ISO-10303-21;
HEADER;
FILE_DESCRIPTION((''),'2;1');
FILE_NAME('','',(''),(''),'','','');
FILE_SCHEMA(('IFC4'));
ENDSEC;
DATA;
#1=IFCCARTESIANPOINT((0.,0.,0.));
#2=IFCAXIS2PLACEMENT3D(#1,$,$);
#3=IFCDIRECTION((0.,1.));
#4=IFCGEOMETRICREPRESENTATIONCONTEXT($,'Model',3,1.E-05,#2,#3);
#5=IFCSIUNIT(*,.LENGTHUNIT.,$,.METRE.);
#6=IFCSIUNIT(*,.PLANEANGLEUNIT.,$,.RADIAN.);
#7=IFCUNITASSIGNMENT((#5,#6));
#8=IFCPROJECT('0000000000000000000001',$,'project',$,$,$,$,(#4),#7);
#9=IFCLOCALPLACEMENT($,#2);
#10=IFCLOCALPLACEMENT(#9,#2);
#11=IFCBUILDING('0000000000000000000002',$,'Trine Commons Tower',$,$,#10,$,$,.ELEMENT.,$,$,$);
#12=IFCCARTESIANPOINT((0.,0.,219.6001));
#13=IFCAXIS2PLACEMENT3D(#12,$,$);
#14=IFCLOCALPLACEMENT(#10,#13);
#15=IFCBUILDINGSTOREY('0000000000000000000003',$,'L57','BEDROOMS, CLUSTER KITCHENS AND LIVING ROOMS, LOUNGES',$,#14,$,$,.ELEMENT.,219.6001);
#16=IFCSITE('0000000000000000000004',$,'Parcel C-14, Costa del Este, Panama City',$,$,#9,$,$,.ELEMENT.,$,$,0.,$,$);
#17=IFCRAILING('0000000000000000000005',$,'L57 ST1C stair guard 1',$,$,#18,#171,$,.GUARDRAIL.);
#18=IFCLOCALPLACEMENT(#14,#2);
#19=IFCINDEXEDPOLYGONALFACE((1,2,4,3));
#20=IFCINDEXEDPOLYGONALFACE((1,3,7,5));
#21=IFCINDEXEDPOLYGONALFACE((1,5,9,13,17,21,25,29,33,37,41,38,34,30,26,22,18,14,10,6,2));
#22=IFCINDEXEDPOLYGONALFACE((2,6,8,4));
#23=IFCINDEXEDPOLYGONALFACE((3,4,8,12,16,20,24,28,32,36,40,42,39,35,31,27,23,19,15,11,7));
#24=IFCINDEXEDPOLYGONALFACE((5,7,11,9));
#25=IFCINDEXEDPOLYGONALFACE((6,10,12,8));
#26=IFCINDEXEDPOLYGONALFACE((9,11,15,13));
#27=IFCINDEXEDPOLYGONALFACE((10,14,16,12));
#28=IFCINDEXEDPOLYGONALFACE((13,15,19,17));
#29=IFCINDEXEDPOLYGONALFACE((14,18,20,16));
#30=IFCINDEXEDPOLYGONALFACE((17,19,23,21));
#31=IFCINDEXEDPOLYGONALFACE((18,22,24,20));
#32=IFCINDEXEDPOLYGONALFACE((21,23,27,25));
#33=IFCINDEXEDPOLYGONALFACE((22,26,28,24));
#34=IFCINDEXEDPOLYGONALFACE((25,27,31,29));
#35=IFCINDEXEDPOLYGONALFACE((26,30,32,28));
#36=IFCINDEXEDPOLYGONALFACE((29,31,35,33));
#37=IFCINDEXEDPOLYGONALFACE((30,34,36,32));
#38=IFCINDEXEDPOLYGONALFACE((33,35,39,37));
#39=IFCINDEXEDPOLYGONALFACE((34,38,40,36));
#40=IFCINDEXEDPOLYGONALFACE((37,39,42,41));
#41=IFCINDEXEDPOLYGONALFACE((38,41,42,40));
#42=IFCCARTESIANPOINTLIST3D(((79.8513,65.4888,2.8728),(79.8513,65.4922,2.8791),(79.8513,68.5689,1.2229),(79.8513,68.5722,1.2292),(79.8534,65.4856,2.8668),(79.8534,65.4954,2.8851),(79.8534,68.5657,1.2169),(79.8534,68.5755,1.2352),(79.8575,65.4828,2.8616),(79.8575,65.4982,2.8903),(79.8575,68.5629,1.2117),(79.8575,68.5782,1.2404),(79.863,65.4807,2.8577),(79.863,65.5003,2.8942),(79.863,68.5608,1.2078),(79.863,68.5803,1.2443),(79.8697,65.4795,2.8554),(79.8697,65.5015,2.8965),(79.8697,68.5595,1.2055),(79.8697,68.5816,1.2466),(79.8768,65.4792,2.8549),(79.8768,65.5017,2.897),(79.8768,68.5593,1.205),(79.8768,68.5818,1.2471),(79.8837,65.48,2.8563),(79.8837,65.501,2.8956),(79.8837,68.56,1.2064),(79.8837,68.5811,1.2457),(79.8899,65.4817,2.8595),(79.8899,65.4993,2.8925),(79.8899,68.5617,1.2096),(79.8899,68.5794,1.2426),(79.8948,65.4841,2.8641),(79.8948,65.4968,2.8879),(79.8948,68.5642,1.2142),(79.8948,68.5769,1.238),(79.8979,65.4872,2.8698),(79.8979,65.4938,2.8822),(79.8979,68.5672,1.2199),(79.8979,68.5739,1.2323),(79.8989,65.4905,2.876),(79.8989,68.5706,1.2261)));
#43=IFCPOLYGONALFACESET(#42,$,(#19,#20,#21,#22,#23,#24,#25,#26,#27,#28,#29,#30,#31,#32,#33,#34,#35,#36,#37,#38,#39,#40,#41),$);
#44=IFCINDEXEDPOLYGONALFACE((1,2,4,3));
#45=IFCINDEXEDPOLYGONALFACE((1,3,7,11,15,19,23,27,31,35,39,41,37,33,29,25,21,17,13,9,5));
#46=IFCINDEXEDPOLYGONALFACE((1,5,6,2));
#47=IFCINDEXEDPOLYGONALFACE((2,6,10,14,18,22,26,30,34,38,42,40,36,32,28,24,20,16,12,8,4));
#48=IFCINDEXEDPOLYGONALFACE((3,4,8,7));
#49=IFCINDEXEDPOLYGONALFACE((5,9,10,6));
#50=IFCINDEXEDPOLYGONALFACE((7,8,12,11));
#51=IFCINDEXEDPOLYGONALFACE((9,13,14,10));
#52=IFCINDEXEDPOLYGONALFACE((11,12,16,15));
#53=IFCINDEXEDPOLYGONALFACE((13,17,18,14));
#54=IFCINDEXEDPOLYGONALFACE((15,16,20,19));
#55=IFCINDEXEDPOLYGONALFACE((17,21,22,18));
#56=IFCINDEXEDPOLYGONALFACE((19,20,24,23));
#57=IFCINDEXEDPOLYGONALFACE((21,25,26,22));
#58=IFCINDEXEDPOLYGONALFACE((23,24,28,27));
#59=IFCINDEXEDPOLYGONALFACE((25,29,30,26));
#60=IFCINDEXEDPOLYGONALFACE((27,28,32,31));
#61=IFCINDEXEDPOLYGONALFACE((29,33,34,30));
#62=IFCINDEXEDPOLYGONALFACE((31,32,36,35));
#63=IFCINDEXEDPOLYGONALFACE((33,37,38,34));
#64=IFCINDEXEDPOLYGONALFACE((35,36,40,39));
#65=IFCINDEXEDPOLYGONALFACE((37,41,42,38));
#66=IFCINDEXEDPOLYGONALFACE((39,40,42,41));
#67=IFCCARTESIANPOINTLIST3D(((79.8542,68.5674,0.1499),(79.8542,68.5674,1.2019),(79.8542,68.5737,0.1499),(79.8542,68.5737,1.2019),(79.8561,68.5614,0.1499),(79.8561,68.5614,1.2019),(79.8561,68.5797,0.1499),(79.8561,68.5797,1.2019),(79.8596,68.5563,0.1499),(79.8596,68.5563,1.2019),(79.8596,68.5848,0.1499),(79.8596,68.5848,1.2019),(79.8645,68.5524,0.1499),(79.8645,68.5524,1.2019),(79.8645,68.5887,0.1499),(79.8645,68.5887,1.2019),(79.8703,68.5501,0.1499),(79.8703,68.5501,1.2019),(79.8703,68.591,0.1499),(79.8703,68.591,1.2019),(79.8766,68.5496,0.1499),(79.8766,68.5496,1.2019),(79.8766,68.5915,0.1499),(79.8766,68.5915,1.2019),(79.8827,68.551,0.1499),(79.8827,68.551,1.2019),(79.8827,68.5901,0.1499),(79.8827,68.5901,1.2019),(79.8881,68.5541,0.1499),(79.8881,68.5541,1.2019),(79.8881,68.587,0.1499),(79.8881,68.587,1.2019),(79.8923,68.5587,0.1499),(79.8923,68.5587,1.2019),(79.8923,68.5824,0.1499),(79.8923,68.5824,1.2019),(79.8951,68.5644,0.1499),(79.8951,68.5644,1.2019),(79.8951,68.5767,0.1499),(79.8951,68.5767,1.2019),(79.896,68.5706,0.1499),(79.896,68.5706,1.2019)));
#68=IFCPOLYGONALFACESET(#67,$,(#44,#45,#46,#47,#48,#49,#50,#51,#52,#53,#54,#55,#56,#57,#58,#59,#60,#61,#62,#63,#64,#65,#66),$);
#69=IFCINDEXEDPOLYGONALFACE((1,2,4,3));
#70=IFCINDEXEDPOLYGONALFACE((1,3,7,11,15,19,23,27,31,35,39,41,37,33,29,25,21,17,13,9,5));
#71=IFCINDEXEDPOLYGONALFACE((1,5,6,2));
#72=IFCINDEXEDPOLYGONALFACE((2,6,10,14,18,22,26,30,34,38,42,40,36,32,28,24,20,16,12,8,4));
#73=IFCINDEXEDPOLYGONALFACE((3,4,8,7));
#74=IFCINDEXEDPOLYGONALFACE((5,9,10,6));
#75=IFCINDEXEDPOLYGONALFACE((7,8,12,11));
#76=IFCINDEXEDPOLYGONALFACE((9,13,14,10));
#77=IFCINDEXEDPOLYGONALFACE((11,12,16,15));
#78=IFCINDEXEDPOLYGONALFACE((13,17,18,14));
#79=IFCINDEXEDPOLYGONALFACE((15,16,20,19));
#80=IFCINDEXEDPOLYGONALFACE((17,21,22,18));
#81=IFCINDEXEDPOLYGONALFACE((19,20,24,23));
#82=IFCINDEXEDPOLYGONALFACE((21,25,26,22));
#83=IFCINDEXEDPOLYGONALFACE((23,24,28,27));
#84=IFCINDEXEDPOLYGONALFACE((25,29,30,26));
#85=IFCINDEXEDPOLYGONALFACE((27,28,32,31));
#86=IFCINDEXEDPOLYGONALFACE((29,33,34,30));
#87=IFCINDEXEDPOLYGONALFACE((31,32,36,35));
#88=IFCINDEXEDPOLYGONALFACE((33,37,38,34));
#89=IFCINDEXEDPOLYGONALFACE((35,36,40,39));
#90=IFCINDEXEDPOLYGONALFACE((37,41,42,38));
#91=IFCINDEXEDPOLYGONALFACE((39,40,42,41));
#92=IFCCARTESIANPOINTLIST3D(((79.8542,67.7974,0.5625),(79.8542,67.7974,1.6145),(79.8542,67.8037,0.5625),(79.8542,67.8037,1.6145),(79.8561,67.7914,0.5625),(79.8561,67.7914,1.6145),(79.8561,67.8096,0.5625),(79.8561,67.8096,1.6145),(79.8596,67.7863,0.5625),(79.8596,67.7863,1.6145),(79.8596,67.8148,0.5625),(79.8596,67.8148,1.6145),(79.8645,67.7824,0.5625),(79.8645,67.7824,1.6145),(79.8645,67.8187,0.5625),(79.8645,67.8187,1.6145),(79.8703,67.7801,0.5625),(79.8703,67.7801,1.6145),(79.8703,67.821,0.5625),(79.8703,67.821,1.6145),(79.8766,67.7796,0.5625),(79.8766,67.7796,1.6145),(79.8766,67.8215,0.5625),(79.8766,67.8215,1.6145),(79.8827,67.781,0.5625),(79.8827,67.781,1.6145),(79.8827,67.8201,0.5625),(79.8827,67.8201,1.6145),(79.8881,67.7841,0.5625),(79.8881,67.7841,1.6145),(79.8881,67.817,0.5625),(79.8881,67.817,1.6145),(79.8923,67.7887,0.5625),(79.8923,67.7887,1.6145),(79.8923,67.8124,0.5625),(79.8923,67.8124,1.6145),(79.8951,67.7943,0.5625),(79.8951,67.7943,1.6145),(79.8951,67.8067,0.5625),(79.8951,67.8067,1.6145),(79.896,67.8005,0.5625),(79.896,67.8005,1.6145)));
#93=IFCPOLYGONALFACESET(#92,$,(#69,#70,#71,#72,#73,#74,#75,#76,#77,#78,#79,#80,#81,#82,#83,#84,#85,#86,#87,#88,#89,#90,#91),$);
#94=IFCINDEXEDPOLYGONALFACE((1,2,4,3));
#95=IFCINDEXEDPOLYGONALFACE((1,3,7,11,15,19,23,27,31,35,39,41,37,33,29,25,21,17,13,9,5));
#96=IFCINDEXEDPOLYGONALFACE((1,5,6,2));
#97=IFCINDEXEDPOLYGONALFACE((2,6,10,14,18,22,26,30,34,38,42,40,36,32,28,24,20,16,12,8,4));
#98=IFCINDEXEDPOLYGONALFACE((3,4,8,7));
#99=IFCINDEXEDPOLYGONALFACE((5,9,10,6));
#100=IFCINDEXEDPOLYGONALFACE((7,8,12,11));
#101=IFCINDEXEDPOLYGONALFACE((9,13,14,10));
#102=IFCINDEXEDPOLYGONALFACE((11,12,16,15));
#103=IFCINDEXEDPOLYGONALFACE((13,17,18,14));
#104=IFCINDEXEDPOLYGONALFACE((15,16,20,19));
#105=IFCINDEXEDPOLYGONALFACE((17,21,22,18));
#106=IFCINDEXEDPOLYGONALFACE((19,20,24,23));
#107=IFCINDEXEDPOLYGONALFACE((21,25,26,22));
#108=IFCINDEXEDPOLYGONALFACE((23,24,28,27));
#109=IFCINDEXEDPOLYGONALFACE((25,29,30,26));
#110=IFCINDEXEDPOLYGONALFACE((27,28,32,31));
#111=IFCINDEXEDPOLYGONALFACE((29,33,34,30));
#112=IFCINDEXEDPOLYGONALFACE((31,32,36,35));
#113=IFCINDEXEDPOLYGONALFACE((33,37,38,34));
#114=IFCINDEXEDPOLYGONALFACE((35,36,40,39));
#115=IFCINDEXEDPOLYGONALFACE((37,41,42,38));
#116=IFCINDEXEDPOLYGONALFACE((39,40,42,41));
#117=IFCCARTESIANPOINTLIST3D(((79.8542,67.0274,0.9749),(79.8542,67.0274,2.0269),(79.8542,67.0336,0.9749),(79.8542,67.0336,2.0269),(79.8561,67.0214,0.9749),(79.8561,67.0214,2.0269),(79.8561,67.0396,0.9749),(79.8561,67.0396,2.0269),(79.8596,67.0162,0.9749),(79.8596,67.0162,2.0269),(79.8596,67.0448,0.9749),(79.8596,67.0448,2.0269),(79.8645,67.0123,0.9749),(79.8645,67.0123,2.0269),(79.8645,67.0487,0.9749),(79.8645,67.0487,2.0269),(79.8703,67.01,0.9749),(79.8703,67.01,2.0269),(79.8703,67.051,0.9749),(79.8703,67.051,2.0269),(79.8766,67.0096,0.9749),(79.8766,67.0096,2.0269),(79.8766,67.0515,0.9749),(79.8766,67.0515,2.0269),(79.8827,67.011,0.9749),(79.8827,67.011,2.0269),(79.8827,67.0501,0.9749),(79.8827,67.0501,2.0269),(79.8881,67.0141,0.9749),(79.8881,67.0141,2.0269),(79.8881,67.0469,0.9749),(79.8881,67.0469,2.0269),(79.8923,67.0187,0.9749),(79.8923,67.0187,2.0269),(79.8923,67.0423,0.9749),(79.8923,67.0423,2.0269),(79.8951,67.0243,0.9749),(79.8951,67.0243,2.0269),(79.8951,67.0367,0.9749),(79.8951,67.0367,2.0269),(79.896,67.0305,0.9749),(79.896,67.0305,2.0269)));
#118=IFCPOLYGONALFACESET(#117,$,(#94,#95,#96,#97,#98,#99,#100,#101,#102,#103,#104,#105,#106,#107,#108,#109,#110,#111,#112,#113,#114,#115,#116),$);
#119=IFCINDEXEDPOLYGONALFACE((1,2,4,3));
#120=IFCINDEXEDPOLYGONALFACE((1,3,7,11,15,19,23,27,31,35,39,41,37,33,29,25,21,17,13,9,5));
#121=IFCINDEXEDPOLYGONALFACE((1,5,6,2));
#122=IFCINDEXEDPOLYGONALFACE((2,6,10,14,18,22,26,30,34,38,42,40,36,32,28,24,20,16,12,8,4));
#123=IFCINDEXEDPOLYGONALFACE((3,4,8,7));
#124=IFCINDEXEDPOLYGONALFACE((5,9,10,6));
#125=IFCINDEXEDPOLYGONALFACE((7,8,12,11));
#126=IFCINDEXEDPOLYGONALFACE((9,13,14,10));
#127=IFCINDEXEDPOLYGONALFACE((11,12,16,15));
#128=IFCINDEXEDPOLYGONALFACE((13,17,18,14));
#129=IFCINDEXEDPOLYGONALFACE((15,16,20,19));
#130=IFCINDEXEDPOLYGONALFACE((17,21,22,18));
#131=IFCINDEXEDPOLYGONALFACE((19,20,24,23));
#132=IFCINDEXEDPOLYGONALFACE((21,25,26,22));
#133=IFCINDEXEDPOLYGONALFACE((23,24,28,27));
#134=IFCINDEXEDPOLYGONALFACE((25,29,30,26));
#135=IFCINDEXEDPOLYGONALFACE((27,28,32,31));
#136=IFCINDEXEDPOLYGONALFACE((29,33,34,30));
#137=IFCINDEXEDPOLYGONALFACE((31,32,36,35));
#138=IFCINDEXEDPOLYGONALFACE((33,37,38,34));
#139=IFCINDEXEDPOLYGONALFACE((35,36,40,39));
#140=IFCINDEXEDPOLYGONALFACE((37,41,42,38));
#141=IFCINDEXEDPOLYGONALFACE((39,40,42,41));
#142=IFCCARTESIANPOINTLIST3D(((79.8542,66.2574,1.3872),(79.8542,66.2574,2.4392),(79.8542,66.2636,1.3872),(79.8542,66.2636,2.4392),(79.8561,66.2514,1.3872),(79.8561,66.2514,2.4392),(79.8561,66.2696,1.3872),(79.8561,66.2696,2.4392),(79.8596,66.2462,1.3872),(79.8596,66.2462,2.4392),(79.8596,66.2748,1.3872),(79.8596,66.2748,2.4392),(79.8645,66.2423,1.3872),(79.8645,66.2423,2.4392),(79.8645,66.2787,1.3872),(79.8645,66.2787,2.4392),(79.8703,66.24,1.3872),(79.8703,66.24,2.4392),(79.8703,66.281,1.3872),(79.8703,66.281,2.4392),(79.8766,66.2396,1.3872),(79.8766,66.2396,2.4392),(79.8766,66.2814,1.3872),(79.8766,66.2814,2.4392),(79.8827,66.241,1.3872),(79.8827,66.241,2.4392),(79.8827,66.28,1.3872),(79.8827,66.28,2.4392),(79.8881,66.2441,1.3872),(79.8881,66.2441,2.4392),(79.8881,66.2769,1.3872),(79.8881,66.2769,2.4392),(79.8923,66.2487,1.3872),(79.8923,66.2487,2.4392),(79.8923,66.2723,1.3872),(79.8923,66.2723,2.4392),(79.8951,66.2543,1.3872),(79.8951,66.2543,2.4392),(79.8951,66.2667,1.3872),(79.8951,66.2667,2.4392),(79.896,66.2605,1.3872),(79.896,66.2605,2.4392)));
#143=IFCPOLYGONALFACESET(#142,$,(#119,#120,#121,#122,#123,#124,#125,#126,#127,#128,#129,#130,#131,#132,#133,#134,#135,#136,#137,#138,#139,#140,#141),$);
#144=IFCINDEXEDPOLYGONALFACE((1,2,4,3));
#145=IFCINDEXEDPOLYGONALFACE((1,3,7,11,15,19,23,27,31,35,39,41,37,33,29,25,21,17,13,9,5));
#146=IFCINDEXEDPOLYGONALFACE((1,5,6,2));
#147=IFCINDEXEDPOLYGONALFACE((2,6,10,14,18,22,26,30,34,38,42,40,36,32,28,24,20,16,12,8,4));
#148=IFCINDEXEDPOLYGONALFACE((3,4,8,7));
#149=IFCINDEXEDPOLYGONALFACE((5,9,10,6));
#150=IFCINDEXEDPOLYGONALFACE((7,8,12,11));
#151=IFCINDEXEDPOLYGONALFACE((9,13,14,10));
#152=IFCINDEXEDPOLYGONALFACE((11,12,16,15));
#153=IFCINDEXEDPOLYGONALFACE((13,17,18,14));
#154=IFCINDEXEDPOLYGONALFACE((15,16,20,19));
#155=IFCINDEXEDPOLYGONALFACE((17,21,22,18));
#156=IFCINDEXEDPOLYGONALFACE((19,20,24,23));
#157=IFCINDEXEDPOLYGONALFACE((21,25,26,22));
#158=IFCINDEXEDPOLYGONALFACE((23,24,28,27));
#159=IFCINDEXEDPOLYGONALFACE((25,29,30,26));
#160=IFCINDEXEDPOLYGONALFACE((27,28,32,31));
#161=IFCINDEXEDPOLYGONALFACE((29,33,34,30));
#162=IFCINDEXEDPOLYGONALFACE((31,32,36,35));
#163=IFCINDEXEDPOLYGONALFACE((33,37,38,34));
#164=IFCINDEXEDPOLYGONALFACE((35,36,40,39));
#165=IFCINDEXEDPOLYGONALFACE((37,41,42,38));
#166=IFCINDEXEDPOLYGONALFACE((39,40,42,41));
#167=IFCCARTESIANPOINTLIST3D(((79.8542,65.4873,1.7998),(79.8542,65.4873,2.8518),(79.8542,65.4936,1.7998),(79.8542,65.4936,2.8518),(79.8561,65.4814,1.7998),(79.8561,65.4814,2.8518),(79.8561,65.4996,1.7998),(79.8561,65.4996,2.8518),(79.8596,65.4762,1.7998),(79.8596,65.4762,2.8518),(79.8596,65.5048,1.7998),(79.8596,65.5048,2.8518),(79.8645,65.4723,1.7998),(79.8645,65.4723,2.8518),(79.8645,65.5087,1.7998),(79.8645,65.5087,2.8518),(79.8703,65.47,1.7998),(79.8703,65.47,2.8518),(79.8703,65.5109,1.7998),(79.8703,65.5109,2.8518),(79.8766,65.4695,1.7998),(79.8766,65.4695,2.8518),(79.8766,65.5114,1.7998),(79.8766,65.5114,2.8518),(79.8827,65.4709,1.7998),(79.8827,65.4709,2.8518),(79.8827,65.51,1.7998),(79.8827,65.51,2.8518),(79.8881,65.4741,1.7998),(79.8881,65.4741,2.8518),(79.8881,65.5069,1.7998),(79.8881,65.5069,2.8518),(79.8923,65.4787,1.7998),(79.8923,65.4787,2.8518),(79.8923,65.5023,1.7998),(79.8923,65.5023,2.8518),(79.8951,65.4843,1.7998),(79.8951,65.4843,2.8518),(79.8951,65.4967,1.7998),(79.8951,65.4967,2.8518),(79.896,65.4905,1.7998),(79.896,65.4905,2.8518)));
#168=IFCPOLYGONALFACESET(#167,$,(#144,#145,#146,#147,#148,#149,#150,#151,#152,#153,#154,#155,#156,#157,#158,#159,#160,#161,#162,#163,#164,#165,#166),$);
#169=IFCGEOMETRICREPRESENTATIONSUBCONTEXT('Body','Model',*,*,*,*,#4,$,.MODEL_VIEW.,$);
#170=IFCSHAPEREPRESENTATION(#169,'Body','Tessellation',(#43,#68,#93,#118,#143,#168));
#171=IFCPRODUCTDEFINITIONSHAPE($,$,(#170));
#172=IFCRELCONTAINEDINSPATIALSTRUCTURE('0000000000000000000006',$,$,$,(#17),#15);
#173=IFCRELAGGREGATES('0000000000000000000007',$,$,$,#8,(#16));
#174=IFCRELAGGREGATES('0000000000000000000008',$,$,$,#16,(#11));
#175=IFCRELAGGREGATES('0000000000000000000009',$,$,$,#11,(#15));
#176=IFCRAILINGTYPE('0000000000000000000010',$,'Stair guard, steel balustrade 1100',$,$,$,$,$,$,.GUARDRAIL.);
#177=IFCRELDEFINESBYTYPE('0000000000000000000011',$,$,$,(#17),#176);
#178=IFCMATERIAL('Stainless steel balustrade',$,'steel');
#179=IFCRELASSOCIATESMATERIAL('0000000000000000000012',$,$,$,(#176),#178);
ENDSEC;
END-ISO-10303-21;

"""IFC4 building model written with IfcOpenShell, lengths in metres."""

from ifc_helpers import new_model, si_unit, direction, frame, origin, origin_2d, place, context, subcontext, project, spatial, circle, extrude, material, type_object, element, save


model = new_model("IFC4")

# Units and contexts
model_context = context("Model", 3, precision=1e-05, world=origin(), true_north=direction((0.0, 1.0)))
body_context = subcontext(model_context, "Body", "Model", "MODEL_VIEW")
ifc_project = project(units=[si_unit("LENGTHUNIT", "METRE"), si_unit("PLANEANGLEUNIT", "RADIAN")], contexts=[model_context])

# Site, building, storey
site_placement = place(None, origin())
site = spatial("IfcSite", under=ifc_project, at=site_placement, Name="Parcel C-14, Costa del Este, Panama City", CompositionType="ELEMENT", RefElevation=0.0)
building_placement = place(site_placement, origin())
building = spatial("IfcBuilding", under=site, at=building_placement, Name="Trine Commons Tower", CompositionType="ELEMENT")
storey_placement = place(building_placement, frame((0.0, 0.0, 219.6001)))
storey = spatial("IfcBuildingStorey", under=building, at=storey_placement, Name="L57", Description="BEDROOMS, CLUSTER KITCHENS AND LIVING ROOMS, LOUNGES", CompositionType="ELEMENT", Elevation=219.6001)

# Railing
ifc_material_1 = material(Name="Stainless steel balustrade", Category="steel")
railing_type_1 = type_object("IfcRailingType", Name="Stair guard, steel balustrade 1100", PredefinedType="GUARDRAIL", material=ifc_material_1)
railing_1_placement = place(storey_placement, frame((79.875, 68.5706, 0.1499)))
element("IfcRailing", 1, at=railing_1_placement, inside=storey, type_object=railing_type_1, Name="L57 ST1C stair guard 1", PredefinedType="GUARDRAIL", context=body_context, shape_type="SweptSolid", body=[
    extrude(circle(Radius=0.0239, at=origin_2d()), frame((0.0, 0.0, 1.0762), z_axis=(0.0, -0.881497, 0.47219), x_axis=(1.0, 0.0, 0.0)), (0.0, 0.0, 1.0), 3.4941),
    extrude(circle(Radius=0.021, at=origin_2d()), origin(), (0.0, 0.0, 1.0), 1.052),
    extrude(circle(Radius=0.021, at=origin_2d()), frame((0.0, -0.77, 0.4126)), (0.0, 0.0, 1.0), 1.052),
    extrude(circle(Radius=0.021, at=origin_2d()), frame((0.0, -1.54, 0.825)), (0.0, 0.0, 1.0), 1.052),
    extrude(circle(Radius=0.021, at=origin_2d()), frame((0.0, -2.3101, 1.2373)), (0.0, 0.0, 1.0), 1.052),
    extrude(circle(Radius=0.021, at=origin_2d()), frame((0.0, -3.0801, 1.6499)), (0.0, 0.0, 1.0), 1.052),
])

save(model, "model.ifc")
